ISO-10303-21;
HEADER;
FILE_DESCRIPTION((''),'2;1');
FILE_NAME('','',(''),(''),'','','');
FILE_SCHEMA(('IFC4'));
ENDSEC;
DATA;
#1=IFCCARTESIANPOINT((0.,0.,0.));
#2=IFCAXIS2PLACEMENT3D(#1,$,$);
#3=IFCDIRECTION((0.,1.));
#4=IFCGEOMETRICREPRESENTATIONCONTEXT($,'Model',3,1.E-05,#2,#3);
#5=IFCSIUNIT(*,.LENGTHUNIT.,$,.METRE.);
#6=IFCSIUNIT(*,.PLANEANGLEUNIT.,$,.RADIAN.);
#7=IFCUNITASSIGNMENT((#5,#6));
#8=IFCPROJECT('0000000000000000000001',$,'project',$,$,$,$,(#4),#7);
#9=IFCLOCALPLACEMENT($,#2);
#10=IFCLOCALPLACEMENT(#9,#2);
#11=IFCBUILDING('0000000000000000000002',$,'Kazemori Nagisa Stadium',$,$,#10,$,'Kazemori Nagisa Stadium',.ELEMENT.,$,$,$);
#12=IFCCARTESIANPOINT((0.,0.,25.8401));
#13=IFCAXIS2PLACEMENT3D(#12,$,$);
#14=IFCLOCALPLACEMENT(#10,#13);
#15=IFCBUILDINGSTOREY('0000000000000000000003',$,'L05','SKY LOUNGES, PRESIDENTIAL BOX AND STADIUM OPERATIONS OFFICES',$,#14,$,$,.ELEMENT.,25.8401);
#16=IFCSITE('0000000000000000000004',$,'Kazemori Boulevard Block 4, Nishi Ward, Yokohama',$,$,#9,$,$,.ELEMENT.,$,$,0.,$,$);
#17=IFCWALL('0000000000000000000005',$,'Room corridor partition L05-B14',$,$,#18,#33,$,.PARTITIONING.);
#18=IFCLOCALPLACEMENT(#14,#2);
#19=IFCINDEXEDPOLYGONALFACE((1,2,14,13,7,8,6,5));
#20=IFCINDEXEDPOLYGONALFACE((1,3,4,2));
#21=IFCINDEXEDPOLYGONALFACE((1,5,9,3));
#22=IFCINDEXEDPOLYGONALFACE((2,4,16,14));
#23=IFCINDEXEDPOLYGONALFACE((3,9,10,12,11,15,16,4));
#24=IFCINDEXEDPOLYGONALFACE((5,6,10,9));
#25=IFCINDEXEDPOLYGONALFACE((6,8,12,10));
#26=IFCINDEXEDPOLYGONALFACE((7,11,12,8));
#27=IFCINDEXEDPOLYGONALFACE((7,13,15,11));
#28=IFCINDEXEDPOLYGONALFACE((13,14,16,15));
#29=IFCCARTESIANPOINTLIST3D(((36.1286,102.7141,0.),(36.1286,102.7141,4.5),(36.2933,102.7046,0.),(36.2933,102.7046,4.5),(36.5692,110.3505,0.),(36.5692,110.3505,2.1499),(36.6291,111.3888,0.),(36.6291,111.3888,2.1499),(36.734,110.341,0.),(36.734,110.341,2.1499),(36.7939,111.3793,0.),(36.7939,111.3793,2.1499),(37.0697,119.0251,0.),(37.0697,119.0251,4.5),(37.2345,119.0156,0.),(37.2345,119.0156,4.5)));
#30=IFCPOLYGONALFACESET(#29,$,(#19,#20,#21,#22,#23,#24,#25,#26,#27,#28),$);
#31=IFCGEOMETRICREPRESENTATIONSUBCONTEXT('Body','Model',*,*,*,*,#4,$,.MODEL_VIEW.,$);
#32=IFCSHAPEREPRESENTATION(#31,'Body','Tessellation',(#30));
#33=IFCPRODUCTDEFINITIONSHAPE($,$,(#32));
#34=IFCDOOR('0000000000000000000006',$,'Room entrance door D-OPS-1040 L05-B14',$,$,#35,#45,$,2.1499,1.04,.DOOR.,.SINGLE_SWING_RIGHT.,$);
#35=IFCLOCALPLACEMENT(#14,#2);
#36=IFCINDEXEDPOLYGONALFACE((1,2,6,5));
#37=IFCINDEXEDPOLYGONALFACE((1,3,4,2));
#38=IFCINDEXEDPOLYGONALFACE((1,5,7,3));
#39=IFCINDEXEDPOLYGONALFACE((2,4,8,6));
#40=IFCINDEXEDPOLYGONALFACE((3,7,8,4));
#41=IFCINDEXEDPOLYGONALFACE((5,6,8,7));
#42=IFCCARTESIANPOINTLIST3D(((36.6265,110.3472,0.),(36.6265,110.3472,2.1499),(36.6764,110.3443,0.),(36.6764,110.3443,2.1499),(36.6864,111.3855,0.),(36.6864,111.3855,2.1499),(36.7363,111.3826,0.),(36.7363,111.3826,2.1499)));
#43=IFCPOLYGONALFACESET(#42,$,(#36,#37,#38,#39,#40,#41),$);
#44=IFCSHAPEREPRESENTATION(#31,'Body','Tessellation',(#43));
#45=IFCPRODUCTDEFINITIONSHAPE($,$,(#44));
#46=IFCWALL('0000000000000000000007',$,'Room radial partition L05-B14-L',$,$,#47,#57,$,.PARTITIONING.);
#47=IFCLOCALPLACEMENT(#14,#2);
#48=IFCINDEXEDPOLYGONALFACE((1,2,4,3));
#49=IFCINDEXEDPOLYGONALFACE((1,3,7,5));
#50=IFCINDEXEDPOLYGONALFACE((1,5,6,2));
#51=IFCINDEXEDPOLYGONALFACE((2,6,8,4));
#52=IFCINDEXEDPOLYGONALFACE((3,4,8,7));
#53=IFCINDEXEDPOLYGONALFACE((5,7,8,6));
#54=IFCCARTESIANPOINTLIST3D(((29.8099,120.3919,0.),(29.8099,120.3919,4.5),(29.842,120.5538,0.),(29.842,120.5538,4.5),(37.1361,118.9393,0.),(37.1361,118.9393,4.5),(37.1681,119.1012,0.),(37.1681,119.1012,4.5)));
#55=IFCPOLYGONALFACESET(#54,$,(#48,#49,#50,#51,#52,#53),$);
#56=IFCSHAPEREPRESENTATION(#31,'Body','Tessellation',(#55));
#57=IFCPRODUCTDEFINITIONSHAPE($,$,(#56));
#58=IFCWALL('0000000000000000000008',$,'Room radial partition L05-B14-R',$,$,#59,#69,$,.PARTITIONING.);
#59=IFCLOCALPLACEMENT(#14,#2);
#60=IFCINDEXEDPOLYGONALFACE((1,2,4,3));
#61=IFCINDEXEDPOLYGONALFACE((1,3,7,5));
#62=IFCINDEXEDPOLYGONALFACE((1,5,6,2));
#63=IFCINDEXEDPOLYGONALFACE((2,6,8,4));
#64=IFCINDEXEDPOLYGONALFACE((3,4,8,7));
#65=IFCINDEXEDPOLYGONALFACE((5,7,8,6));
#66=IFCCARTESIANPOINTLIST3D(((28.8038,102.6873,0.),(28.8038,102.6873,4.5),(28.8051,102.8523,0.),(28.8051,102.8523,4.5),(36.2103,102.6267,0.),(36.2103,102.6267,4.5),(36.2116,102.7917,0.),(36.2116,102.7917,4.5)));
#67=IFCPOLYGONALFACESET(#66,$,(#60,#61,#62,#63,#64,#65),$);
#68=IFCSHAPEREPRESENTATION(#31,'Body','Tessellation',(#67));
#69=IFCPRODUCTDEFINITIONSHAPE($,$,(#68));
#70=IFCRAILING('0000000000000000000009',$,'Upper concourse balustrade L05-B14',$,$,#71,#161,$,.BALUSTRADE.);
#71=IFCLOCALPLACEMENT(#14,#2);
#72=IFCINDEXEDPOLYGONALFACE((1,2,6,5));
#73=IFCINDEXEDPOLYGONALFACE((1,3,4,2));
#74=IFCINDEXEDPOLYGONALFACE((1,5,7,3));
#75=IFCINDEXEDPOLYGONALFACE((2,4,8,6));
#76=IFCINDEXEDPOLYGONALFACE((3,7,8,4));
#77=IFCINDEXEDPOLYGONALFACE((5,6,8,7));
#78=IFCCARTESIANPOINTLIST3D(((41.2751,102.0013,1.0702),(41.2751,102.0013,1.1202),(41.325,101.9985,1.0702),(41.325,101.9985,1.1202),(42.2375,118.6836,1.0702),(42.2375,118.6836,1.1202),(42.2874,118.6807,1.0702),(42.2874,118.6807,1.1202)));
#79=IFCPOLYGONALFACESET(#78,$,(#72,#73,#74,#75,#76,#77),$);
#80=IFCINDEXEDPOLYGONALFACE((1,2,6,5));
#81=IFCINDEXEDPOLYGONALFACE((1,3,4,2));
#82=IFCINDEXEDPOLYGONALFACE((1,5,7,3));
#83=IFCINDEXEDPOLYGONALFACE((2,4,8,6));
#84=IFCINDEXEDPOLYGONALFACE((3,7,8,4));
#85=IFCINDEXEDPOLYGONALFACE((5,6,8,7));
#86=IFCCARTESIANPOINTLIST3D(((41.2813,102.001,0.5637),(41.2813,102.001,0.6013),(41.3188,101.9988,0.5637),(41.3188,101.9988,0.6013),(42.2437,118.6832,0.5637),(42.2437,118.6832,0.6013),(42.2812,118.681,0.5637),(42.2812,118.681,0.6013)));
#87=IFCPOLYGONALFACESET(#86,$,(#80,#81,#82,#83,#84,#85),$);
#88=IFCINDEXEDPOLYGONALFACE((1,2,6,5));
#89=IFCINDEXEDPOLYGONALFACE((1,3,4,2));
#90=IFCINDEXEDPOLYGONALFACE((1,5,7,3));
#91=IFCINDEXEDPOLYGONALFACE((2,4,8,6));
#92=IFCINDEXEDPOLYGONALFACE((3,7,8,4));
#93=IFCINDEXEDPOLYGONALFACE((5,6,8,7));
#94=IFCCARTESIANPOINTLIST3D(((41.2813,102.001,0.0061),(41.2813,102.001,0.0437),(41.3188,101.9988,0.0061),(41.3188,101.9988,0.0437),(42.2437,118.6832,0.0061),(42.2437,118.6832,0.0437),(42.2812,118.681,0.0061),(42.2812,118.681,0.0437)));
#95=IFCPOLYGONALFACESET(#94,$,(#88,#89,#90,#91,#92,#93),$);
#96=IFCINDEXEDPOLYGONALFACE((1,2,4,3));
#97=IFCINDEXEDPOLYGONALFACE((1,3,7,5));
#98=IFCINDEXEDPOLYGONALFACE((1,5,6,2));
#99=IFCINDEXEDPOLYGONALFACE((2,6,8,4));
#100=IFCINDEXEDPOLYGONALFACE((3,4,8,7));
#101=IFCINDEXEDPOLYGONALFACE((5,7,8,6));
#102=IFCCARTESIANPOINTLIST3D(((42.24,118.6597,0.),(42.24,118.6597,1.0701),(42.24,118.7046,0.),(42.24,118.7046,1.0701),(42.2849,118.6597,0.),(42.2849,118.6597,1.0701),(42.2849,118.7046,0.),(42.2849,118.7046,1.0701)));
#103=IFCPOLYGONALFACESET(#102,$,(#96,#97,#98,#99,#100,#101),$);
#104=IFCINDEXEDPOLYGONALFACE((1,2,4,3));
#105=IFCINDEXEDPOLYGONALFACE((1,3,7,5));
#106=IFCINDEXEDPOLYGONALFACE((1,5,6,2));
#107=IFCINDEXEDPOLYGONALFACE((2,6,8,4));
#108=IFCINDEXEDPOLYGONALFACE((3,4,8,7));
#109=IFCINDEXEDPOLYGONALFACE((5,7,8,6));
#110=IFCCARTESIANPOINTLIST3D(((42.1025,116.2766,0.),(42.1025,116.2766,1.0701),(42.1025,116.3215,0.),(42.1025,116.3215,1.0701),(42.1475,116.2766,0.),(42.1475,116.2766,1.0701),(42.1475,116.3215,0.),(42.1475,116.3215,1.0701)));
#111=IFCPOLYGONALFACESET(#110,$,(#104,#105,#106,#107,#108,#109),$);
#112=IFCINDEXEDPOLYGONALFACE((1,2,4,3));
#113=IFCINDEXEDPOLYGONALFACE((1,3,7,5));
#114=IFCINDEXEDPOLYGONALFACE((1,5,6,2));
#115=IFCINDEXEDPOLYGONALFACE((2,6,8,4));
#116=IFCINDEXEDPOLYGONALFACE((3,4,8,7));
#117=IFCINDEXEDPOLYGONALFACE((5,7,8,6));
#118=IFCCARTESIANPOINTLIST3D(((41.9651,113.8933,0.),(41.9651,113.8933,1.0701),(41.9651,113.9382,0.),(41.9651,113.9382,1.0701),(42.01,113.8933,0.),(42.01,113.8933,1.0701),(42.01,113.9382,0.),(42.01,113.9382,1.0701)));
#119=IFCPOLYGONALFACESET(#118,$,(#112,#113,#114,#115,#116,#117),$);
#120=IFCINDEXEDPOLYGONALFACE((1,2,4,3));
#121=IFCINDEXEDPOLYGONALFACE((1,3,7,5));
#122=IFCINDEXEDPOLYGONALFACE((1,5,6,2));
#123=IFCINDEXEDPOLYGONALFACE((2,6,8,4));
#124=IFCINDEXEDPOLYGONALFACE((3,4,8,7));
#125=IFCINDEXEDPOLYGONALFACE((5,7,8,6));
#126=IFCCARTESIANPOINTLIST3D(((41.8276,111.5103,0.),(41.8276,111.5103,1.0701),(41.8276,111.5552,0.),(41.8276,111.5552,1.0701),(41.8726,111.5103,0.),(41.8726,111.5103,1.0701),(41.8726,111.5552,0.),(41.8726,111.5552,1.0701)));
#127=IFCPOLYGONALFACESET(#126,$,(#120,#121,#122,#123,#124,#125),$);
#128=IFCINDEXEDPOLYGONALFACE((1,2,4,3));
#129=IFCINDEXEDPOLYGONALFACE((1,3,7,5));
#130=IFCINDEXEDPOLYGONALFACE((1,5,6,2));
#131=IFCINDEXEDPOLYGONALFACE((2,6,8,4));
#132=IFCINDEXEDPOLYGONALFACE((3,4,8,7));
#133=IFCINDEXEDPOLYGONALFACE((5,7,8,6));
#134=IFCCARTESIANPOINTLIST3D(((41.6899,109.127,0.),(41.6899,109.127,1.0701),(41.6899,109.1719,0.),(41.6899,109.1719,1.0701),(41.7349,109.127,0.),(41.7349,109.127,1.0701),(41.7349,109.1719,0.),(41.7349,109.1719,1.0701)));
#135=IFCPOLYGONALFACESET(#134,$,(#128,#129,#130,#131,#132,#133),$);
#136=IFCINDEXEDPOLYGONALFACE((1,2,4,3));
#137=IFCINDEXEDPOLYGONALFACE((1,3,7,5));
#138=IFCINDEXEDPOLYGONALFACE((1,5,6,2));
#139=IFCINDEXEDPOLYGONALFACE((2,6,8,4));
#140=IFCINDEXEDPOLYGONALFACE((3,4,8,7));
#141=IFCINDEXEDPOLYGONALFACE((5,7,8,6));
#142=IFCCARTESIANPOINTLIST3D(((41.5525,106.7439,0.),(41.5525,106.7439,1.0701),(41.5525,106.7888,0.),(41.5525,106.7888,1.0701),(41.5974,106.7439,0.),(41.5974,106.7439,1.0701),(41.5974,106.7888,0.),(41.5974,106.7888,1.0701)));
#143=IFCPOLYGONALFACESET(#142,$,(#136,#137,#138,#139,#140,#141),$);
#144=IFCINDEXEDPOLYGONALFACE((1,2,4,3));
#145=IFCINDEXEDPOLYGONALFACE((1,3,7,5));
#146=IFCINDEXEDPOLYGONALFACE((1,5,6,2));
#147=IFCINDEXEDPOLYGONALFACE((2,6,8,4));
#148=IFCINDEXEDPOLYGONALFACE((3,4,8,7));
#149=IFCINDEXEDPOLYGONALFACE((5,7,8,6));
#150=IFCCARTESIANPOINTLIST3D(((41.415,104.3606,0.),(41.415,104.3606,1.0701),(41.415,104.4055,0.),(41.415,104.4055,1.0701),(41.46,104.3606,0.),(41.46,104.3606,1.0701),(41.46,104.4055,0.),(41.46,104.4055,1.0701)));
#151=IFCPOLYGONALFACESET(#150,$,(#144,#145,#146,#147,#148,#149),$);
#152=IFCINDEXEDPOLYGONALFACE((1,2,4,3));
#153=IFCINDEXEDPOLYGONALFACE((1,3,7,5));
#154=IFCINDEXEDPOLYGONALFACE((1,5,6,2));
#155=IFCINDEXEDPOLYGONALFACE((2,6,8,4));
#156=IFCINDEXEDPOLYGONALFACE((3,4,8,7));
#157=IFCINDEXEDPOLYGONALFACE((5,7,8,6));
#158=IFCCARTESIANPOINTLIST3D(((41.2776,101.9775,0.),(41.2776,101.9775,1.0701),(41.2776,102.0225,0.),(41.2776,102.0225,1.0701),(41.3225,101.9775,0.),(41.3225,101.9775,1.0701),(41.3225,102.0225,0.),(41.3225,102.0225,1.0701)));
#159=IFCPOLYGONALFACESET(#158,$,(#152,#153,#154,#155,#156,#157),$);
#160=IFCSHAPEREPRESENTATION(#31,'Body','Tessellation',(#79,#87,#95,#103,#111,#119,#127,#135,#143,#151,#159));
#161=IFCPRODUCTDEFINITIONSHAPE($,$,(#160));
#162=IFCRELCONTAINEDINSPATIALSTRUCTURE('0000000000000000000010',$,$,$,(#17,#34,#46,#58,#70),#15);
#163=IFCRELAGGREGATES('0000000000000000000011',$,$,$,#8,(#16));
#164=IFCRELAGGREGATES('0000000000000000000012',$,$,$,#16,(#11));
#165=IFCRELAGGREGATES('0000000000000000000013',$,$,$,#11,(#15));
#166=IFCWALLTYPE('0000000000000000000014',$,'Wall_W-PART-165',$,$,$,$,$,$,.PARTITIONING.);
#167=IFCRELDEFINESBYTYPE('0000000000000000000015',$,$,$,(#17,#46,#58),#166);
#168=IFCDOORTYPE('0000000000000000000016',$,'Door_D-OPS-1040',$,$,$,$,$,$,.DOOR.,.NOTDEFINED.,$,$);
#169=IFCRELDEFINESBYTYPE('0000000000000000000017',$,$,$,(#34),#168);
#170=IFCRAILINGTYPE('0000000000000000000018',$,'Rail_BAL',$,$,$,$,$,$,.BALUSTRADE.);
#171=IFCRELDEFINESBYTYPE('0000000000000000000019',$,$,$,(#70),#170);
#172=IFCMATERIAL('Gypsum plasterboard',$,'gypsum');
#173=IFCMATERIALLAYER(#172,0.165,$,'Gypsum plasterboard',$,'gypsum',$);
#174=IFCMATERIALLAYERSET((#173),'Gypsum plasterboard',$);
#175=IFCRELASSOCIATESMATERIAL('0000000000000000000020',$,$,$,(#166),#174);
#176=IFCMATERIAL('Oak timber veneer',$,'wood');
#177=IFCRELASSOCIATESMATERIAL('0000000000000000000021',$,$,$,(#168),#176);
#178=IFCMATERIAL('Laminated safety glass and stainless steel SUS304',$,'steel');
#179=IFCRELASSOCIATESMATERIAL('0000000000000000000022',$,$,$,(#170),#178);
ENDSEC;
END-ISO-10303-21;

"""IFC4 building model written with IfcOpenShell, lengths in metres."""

from ifc_helpers import new_model, si_unit, direction, frame, frame_2d, origin, origin_2d, place, context, subcontext, project, spatial, rectangle, extrude, material, layer, layer_set, type_object, element, fill, save


model = new_model("IFC4")

# Units and contexts
model_context = context("Model", 3, precision=1e-05, world=origin(), true_north=direction((0.0, 1.0)))
body_context = subcontext(model_context, "Body", "Model", "MODEL_VIEW")
ifc_project = project(units=[si_unit("LENGTHUNIT", "METRE"), si_unit("PLANEANGLEUNIT", "RADIAN")], contexts=[model_context])

# Site, building, storey
site_placement = place(None, origin())
site = spatial("IfcSite", under=ifc_project, at=site_placement, Name="Kazemori Boulevard Block 4, Nishi Ward, Yokohama", CompositionType="ELEMENT", RefElevation=0.0)
building_placement = place(site_placement, origin())
building = spatial("IfcBuilding", under=site, at=building_placement, Name="Kazemori Nagisa Stadium", LongName="Kazemori Nagisa Stadium", CompositionType="ELEMENT")
storey_placement = place(building_placement, frame((0.0, 0.0, 25.8401)))
storey = spatial("IfcBuildingStorey", under=building, at=storey_placement, Name="L05", Description="SKY LOUNGES, PRESIDENTIAL BOX AND STADIUM OPERATIONS OFFICES", CompositionType="ELEMENT", Elevation=25.8401)

# Wall, opening, door
ifc_material_1 = material(Name="Gypsum plasterboard", Category="gypsum")
ifc_layer_1 = layer(ifc_material_1, 0.165, Name="Gypsum plasterboard", Category="gypsum")
ifc_layer_set_1 = layer_set([ifc_layer_1], Name="Gypsum plasterboard")
wall_type = type_object("IfcWallType", Name="Wall_W-PART-165", PredefinedType="PARTITIONING", material=ifc_layer_set_1)
wall_1_placement = place(storey_placement, frame((37.1521, 119.0203, 0.0), z_axis=(0.0, 0.0, 1.0), x_axis=(-0.057605, -0.998339, 0.0)))
wall_1 = element("IfcWall", 1, at=wall_1_placement, inside=storey, type_object=wall_type, Name="Room corridor partition L05-B14", PredefinedType="PARTITIONING", context=body_context, shape_type="SweptSolid", body=[
    extrude(rectangle(XDim=16.3381, YDim=0.165, at=frame_2d((8.1689, 0.0))), origin(), (0.0, 0.0, 1.0), 4.5),
])
opening_placement = place(wall_1_placement, frame((7.6489, 0.0, 0.0)))
opening = element("IfcOpeningElement", 2, at=opening_placement, cuts=wall_1, PredefinedType="OPENING", context=body_context, shape_type="SweptSolid", body=[
    extrude(rectangle(XDim=1.04, YDim=2.1499, at=frame_2d((0.52, 1.075))), frame((0.0, 0.0925, 0.0), z_axis=(0.0, -1.0, 0.0), x_axis=(1.0, 0.0, 0.0)), (0.0, 0.0, 1.0), 0.1851),
])
ifc_material_2 = material(Name="Oak timber veneer", Category="wood")
door_type = type_object("IfcDoorType", Name="Door_D-OPS-1040", OperationType="NOTDEFINED", PredefinedType="DOOR", material=ifc_material_2)
door_placement = place(opening_placement, origin())
door = element("IfcDoor", 3, at=door_placement, inside=storey, type_object=door_type, Name="Room entrance door D-OPS-1040 L05-B14", OperationType="SINGLE_SWING_RIGHT", OverallHeight=2.1499, OverallWidth=1.04, PredefinedType="DOOR", context=body_context, shape_type="SweptSolid", body=[
    extrude(rectangle(XDim=1.04, YDim=2.1499, at=frame_2d((0.52, 1.075))), frame((0.0, 0.0249, 0.0), z_axis=(0.0, -1.0, 0.0), x_axis=(1.0, 0.0, 0.0)), (0.0, 0.0, 1.0), 0.05),
])
fill(opening, door)

# Walls
wall_2_placement = place(storey_placement, frame((37.1521, 119.0203, 0.0), z_axis=(0.0, 0.0, 1.0), x_axis=(-0.980904, 0.194494, 0.0)))
element("IfcWall", 4, at=wall_2_placement, inside=storey, type_object=wall_type, Name="Room radial partition L05-B14-L", PredefinedType="PARTITIONING", context=body_context, shape_type="SweptSolid", body=[
    extrude(rectangle(XDim=7.4688, YDim=0.165, at=frame_2d((3.7344, 0.0))), origin(), (0.0, 0.0, 1.0), 4.5),
])
wall_3_placement = place(storey_placement, frame((36.2109, 102.7092, 0.0), z_axis=(0.0, 0.0, 1.0), x_axis=(-0.999967, 0.008175, 0.0)))
element("IfcWall", 5, at=wall_3_placement, inside=storey, type_object=wall_type, Name="Room radial partition L05-B14-R", PredefinedType="PARTITIONING", context=body_context, shape_type="SweptSolid", body=[
    extrude(rectangle(XDim=7.4067, YDim=0.165, at=frame_2d((3.7034, 0.0))), origin(), (0.0, 0.0, 1.0), 4.5),
])

# Railing
ifc_material_3 = material(Name="Laminated safety glass and stainless steel SUS304", Category="steel")
railing_type = type_object("IfcRailingType", Name="Rail_BAL", PredefinedType="BALUSTRADE", material=ifc_material_3)
railing_1_placement = place(storey_placement, frame((42.2625, 118.6821, 0.0)))
element("IfcRailing", 6, at=railing_1_placement, inside=storey, type_object=railing_type, Name="Upper concourse balustrade L05-B14", PredefinedType="BALUSTRADE", context=body_context, shape_type="SweptSolid", body=[
    extrude(rectangle(XDim=0.05, YDim=0.05, at=origin_2d()), frame((0.0, 0.0, 1.0952), z_axis=(-0.057595, -0.99834, 0.0), x_axis=(0.99834, -0.057595, 0.0)), (0.0, 0.0, 1.0), 16.71),
    extrude(rectangle(XDim=0.0376, YDim=0.0376, at=origin_2d()), frame((0.0, 0.0, 0.5825), z_axis=(-0.057595, -0.99834, 0.0), x_axis=(0.99834, -0.057595, 0.0)), (0.0, 0.0, 1.0), 16.71),
    extrude(rectangle(XDim=0.0376, YDim=0.0376, at=origin_2d()), frame((0.0, 0.0, 0.0249), z_axis=(-0.057595, -0.99834, 0.0), x_axis=(0.99834, -0.057595, 0.0)), (0.0, 0.0, 1.0), 16.71),
    extrude(rectangle(XDim=0.0449, YDim=0.0449, at=origin_2d()), origin(), (0.0, 0.0, 1.0), 1.0701),
    extrude(rectangle(XDim=0.0449, YDim=0.0449, at=origin_2d()), frame((-0.1375, -2.3831, 0.0)), (0.0, 0.0, 1.0), 1.0701),
    extrude(rectangle(XDim=0.0449, YDim=0.0449, at=origin_2d()), frame((-0.2749, -4.7664, 0.0)), (0.0, 0.0, 1.0), 1.0701),
    extrude(rectangle(XDim=0.0449, YDim=0.0449, at=origin_2d()), frame((-0.4124, -7.1494, 0.0)), (0.0, 0.0, 1.0), 1.0701),
    extrude(rectangle(XDim=0.0449, YDim=0.0449, at=origin_2d()), frame((-0.55, -9.5327, 0.0)), (0.0, 0.0, 1.0), 1.0701),
    extrude(rectangle(XDim=0.0449, YDim=0.0449, at=origin_2d()), frame((-0.6875, -11.9158, 0.0)), (0.0, 0.0, 1.0), 1.0701),
    extrude(rectangle(XDim=0.0449, YDim=0.0449, at=origin_2d()), frame((-0.825, -14.2991, 0.0)), (0.0, 0.0, 1.0), 1.0701),
    extrude(rectangle(XDim=0.0449, YDim=0.0449, at=origin_2d()), frame((-0.9624, -16.6821, 0.0)), (0.0, 0.0, 1.0), 1.0701),
])

save(model, "model.ifc")
